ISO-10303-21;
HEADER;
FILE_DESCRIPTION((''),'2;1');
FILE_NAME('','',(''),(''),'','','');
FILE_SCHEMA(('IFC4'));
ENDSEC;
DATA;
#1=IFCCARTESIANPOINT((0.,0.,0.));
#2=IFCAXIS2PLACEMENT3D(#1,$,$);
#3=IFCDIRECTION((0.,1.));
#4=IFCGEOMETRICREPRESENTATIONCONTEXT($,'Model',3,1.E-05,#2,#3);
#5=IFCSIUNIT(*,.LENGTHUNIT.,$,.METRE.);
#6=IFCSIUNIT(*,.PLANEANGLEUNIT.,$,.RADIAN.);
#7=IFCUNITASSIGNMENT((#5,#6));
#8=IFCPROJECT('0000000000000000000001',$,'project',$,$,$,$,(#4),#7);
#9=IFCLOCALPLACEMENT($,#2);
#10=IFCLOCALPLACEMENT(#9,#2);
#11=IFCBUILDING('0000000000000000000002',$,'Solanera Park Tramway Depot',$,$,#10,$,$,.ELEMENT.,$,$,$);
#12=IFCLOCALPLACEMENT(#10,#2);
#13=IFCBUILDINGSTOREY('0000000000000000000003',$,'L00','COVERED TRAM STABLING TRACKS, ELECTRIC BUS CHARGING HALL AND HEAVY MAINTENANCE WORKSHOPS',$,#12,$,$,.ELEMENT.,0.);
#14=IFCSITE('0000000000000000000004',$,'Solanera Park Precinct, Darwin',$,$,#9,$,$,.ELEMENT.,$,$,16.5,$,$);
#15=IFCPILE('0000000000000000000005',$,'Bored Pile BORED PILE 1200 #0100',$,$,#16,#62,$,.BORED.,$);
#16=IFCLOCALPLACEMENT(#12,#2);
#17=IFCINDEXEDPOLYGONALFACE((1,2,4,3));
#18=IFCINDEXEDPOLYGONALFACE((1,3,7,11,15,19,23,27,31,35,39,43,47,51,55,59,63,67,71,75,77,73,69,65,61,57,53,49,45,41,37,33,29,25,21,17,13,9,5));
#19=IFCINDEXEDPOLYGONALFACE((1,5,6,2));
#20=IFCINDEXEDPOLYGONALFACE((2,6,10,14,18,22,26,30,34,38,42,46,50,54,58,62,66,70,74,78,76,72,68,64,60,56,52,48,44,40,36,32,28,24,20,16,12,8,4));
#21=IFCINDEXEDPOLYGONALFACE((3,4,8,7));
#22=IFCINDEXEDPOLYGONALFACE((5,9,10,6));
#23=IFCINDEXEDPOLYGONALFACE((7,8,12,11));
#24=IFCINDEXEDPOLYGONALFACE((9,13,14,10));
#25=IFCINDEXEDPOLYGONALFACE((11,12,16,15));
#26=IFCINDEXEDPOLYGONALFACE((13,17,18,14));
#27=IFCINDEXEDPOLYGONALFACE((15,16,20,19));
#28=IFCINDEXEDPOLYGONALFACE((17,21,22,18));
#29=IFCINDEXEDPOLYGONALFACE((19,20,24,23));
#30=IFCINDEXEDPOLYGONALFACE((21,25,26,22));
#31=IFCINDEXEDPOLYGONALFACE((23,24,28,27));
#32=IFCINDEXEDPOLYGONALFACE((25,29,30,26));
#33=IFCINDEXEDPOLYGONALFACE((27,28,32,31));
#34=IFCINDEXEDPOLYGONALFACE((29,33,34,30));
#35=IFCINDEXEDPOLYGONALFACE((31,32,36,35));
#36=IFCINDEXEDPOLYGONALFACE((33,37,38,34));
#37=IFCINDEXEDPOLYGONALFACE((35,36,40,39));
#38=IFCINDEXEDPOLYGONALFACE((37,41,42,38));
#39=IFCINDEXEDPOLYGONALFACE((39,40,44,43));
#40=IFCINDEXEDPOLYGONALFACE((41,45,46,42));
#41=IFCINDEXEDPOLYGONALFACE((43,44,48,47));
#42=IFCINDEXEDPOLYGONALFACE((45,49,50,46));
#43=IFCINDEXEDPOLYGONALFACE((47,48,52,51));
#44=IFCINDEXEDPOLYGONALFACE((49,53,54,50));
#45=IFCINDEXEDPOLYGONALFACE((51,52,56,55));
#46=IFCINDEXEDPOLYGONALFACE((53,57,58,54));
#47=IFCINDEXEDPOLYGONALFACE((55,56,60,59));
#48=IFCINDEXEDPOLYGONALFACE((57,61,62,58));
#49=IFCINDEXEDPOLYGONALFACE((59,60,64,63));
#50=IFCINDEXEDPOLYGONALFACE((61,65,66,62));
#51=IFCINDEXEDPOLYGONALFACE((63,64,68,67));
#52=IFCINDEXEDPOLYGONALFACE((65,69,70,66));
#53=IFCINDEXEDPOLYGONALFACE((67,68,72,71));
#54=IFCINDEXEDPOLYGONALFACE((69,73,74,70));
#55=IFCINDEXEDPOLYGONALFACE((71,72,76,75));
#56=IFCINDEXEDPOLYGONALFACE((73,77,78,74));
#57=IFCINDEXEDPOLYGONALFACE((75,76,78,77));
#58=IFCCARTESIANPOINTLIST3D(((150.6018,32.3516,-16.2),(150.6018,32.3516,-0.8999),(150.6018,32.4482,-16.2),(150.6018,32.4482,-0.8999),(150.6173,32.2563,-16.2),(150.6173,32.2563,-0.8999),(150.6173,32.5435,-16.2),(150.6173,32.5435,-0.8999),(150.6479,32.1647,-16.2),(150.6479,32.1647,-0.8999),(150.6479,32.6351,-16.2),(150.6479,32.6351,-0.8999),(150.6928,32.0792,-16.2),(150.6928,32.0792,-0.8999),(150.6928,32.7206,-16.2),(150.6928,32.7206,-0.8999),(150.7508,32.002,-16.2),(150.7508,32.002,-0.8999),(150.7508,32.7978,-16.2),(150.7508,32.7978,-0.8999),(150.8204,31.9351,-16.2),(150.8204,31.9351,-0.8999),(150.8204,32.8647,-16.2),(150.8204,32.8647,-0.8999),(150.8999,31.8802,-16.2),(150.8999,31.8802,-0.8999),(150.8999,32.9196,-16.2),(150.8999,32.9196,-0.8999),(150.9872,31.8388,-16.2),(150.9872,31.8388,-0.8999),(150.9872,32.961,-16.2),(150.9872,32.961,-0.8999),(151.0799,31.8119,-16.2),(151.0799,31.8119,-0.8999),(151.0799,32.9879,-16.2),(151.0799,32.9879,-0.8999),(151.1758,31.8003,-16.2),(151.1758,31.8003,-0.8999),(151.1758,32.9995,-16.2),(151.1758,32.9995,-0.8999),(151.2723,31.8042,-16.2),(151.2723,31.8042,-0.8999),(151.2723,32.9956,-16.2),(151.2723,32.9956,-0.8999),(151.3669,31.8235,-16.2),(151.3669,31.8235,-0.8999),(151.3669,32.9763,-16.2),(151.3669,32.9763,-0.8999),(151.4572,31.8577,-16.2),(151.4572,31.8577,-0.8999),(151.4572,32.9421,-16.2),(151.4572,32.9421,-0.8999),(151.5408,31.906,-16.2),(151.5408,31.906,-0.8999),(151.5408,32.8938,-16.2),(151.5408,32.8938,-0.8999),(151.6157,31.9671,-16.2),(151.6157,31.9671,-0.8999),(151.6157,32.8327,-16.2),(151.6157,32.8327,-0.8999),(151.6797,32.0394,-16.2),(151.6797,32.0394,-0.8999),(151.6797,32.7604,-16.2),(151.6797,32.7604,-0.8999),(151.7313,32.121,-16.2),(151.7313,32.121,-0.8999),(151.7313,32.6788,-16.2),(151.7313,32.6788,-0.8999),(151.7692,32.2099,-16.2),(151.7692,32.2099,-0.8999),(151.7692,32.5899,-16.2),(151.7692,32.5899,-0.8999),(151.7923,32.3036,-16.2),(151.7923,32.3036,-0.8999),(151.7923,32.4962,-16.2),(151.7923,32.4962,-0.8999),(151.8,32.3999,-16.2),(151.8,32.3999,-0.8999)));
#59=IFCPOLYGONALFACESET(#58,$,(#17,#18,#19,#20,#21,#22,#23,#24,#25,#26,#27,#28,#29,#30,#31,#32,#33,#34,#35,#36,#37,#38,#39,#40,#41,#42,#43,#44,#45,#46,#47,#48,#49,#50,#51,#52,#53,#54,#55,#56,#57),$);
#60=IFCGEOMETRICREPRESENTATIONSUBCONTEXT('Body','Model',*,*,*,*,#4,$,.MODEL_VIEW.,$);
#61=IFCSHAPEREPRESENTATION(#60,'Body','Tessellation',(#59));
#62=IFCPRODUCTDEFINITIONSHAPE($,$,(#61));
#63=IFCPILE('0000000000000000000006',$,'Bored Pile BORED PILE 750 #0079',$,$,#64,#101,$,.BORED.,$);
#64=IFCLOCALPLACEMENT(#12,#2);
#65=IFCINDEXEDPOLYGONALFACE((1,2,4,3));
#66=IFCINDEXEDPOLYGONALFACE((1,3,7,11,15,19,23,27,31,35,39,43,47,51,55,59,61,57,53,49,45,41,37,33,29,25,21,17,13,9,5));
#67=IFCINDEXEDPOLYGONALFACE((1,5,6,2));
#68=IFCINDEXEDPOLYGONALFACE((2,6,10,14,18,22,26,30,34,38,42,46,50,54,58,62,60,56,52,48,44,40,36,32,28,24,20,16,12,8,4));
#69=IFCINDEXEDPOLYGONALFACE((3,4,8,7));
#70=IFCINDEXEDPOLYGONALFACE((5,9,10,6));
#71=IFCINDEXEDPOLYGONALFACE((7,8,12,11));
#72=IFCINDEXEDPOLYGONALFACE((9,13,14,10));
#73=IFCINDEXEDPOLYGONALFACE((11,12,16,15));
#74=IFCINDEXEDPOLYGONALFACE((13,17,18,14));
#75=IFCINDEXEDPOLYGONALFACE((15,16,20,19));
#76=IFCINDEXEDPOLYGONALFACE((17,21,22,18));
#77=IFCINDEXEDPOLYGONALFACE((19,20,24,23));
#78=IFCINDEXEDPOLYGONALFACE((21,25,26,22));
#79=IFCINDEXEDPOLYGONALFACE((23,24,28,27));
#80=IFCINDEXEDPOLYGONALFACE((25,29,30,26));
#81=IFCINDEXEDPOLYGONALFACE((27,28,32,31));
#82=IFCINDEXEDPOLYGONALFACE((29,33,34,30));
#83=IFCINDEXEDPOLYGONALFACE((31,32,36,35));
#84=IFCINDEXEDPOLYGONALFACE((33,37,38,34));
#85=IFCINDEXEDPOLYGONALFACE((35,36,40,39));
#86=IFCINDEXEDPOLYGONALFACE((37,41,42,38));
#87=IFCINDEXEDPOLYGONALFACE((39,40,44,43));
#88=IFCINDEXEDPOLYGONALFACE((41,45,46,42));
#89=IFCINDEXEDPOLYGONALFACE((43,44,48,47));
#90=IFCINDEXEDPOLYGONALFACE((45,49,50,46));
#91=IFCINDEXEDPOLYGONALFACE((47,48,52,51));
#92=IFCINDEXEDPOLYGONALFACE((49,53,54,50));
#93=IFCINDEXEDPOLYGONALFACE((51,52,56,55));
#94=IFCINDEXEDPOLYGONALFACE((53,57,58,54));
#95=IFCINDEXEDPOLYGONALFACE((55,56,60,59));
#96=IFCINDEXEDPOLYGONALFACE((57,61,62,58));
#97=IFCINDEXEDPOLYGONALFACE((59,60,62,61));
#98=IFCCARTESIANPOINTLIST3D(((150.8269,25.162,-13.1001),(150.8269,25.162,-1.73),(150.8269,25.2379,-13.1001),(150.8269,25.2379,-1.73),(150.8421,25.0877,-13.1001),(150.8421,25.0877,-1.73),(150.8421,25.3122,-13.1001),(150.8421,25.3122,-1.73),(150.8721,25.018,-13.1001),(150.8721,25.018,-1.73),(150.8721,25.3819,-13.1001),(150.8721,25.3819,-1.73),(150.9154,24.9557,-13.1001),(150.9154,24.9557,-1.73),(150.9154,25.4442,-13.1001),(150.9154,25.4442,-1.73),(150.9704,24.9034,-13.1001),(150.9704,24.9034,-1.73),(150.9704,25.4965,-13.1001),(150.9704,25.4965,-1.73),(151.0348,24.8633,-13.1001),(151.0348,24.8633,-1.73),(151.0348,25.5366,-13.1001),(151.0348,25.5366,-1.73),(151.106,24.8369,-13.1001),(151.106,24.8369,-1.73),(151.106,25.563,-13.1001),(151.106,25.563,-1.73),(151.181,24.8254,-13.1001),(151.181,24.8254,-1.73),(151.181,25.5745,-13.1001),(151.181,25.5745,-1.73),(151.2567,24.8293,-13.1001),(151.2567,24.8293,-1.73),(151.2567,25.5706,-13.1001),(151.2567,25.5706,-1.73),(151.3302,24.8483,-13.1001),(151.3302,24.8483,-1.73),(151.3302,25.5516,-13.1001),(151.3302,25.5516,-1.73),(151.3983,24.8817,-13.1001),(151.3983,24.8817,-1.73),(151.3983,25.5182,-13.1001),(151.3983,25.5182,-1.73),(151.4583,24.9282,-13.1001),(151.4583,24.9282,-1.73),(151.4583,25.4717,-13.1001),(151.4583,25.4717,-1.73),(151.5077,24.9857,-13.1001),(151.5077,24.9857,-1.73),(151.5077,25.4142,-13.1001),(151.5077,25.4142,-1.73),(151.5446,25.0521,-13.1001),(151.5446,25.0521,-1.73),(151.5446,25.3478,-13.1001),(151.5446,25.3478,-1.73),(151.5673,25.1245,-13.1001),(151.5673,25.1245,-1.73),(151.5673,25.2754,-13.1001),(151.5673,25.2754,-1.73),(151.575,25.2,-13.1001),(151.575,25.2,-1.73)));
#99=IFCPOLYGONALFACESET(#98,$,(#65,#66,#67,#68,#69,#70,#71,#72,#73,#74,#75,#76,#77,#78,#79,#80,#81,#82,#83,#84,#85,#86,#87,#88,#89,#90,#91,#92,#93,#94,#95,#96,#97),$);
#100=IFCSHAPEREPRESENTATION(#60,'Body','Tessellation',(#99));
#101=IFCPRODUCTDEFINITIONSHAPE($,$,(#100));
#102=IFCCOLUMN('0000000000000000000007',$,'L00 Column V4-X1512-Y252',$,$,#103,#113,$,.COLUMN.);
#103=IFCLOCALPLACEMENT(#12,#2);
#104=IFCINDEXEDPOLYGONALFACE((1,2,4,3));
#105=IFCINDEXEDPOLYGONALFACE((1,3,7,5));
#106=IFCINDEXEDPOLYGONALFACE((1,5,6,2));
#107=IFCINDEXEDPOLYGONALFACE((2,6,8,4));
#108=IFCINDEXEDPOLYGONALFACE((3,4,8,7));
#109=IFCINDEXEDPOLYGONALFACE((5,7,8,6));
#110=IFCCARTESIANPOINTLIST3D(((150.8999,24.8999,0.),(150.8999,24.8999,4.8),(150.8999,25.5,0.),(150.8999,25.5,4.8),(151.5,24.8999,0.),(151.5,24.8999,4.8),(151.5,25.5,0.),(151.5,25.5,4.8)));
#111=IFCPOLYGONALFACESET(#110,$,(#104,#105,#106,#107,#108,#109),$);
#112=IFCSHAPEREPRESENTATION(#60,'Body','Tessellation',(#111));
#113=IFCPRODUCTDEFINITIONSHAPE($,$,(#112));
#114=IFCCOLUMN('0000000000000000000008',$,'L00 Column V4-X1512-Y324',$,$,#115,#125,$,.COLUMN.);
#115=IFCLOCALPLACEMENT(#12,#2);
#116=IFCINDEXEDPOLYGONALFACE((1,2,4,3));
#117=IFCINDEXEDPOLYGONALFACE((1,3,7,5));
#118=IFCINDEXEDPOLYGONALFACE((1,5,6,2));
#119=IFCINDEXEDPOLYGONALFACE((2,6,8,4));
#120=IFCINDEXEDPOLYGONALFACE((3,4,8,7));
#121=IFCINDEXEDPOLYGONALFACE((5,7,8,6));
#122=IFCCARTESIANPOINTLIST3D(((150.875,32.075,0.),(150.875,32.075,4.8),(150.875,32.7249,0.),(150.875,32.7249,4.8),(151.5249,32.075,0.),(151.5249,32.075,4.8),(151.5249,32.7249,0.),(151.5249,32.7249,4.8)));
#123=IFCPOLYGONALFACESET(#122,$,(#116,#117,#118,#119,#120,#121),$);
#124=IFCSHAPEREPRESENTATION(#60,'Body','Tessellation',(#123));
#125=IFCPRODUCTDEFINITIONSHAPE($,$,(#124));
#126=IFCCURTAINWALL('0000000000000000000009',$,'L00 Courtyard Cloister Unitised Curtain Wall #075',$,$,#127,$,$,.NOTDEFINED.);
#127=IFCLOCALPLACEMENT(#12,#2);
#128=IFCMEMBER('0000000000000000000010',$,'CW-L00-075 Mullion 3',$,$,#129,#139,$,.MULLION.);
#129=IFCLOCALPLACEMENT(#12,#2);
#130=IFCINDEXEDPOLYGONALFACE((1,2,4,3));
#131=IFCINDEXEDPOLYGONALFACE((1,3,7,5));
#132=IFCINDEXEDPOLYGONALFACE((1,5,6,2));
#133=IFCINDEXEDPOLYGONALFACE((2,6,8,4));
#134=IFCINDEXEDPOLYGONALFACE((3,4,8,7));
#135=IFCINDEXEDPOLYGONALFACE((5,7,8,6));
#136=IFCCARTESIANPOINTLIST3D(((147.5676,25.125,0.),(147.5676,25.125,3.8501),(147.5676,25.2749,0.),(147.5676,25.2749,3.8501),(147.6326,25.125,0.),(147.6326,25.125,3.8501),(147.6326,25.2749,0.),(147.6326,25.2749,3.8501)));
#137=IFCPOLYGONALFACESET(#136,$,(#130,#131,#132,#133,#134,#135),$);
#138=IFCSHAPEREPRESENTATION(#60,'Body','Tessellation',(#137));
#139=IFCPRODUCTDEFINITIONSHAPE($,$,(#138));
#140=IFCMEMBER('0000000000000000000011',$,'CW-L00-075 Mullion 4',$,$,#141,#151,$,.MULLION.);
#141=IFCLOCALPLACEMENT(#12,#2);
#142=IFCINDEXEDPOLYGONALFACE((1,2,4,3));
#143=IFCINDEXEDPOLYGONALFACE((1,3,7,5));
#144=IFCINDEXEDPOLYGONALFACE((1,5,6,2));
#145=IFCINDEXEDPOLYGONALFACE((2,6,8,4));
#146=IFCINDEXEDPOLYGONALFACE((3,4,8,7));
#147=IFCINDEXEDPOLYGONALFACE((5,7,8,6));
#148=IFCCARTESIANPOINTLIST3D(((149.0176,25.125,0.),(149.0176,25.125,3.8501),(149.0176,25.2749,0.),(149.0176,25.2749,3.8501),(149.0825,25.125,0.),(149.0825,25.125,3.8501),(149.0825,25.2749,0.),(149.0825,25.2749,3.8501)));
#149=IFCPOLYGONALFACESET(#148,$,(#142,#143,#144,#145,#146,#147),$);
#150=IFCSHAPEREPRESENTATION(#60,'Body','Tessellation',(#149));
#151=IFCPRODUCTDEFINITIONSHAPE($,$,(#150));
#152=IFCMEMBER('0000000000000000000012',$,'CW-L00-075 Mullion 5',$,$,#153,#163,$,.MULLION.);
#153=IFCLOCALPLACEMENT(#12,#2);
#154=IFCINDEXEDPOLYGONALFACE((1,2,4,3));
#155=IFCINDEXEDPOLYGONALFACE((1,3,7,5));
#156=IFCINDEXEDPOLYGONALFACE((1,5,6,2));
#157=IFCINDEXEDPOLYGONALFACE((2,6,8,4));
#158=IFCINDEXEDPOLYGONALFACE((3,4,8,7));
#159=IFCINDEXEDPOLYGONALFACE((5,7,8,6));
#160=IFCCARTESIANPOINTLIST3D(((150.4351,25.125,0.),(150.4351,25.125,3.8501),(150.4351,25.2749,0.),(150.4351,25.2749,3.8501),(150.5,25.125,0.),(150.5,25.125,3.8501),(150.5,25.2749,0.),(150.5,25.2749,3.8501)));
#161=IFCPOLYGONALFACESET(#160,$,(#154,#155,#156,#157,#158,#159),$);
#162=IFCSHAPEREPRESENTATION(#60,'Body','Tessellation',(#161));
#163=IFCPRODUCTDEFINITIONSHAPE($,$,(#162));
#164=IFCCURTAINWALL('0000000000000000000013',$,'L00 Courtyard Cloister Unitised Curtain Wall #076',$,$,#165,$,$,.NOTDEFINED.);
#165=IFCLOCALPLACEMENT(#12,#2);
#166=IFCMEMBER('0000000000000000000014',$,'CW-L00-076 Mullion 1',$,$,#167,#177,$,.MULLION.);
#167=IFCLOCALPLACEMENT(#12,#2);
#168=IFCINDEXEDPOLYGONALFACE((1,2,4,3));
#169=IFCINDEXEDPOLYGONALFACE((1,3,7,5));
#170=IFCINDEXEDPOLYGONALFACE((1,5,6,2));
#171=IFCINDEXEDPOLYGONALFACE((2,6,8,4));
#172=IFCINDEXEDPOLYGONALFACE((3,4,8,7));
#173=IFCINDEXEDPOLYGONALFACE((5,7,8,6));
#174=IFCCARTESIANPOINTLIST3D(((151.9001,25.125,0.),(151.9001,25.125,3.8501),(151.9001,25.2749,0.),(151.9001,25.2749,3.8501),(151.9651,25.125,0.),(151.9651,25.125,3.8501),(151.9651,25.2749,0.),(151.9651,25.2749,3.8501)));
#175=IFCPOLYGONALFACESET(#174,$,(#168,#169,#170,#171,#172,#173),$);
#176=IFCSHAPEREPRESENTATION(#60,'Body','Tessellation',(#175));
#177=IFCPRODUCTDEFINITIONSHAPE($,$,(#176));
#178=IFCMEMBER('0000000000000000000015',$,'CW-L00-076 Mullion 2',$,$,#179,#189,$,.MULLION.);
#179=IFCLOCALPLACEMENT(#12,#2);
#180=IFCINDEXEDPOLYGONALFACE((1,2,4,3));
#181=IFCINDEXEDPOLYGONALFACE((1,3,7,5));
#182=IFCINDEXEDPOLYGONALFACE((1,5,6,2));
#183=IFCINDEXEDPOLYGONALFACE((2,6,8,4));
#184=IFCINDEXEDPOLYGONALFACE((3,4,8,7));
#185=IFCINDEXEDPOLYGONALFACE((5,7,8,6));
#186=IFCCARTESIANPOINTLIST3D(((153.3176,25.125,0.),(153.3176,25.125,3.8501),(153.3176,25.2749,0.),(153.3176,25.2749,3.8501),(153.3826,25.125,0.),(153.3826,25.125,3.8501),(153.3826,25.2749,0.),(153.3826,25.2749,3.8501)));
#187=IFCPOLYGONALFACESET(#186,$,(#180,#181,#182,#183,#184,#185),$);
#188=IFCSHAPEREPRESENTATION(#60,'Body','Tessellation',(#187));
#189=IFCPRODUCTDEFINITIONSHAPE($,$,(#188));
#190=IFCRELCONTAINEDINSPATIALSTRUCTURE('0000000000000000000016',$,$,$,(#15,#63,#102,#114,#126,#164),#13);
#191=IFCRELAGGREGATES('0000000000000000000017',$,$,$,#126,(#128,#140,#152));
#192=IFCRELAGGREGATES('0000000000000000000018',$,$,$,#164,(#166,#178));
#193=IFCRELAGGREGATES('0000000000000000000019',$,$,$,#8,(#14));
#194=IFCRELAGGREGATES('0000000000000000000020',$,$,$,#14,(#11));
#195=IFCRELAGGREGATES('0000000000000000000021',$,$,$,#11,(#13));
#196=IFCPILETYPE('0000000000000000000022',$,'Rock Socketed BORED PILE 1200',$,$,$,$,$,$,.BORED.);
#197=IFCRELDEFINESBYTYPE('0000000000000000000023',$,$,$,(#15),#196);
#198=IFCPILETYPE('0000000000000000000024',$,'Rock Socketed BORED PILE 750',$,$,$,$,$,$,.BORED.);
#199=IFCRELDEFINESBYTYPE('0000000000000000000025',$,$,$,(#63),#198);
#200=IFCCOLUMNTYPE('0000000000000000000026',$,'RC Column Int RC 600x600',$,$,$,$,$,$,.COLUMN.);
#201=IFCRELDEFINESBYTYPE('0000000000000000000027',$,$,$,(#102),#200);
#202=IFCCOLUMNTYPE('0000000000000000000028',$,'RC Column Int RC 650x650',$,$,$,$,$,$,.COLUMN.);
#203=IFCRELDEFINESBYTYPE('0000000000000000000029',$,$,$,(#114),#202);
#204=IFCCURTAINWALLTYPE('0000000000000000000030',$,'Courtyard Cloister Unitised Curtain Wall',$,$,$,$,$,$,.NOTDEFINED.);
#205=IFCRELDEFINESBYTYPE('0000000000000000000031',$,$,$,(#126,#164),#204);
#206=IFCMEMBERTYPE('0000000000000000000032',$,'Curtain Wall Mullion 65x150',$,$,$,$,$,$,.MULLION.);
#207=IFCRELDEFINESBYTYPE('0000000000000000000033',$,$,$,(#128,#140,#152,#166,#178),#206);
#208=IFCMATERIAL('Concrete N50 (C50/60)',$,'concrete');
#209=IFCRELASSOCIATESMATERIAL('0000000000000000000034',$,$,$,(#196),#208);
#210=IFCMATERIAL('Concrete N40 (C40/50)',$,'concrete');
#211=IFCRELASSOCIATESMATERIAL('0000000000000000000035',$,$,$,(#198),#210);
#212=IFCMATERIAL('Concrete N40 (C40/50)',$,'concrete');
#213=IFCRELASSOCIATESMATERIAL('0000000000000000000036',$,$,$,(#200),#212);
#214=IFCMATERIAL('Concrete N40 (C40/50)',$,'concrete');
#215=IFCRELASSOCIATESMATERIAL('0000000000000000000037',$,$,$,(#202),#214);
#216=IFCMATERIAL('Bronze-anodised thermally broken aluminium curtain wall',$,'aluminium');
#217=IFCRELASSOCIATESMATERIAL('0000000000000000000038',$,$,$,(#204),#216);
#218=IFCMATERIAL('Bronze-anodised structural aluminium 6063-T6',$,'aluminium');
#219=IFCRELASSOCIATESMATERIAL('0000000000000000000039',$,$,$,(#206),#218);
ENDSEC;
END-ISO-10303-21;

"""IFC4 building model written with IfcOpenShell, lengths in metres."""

from ifc_helpers import new_model, si_unit, direction, frame, origin, origin_2d, place, context, subcontext, project, spatial, rectangle, circle, extrude, material, material_profile, profile_set, type_object, element, aggregate, save


model = new_model("IFC4")

# Units and contexts
model_context = context("Model", 3, precision=1e-05, world=origin(), true_north=direction((0.0, 1.0)))
body_context = subcontext(model_context, "Body", "Model", "MODEL_VIEW")
ifc_project = project(units=[si_unit("LENGTHUNIT", "METRE"), si_unit("PLANEANGLEUNIT", "RADIAN")], contexts=[model_context])

# Site, building, storey
site_placement = place(None, origin())
site = spatial("IfcSite", under=ifc_project, at=site_placement, Name="Solanera Park Precinct, Darwin", CompositionType="ELEMENT", RefElevation=16.5)
building_placement = place(site_placement, origin())
building = spatial("IfcBuilding", under=site, at=building_placement, Name="Solanera Park Tramway Depot", CompositionType="ELEMENT")
storey_placement = place(building_placement, origin())
storey = spatial("IfcBuildingStorey", under=building, at=storey_placement, Name="L00", Description="COVERED TRAM STABLING TRACKS, ELECTRIC BUS CHARGING HALL AND HEAVY MAINTENANCE WORKSHOPS", CompositionType="ELEMENT", Elevation=0.0)

# Piles
ifc_material_1 = material(Name="Concrete N50 (C50/60)", Category="concrete")
ifc_material_profile_1 = material_profile(ifc_material_1, circle(Radius=0.6001, at=origin_2d()), Name="BORED PILE 1200")
ifc_profile_set_1 = profile_set([ifc_material_profile_1], Name="Concrete N50 (C50/60)")
pile_type_1 = type_object("IfcPileType", Name="Rock Socketed BORED PILE 1200", PredefinedType="BORED", material=ifc_profile_set_1)
pile_1_placement = place(storey_placement, frame((151.2, 32.3999, -0.8999), z_axis=(0.0, 0.0, -1.0), x_axis=(1.0, 0.0, 0.0)))
element("IfcPile", 1, at=pile_1_placement, inside=storey, type_object=pile_type_1, Name="Bored Pile BORED PILE 1200 #0100", PredefinedType="BORED", context=body_context, shape_type="SweptSolid", body=[
    extrude(circle(Radius=0.6001, at=origin_2d()), origin(), (0.0, 0.0, 1.0), 15.3),
])
ifc_material_2 = material(Name="Concrete N40 (C40/50)", Category="concrete")
ifc_material_profile_2 = material_profile(ifc_material_2, circle(Radius=0.375, at=origin_2d()), Name="BORED PILE 750")
ifc_profile_set_2 = profile_set([ifc_material_profile_2], Name="Concrete N40 (C40/50)")
pile_type_2 = type_object("IfcPileType", Name="Rock Socketed BORED PILE 750", PredefinedType="BORED", material=ifc_profile_set_2)
pile_2_placement = place(storey_placement, frame((151.2, 25.2, -1.73), z_axis=(0.0, 0.0, -1.0), x_axis=(1.0, 0.0, 0.0)))
element("IfcPile", 2, at=pile_2_placement, inside=storey, type_object=pile_type_2, Name="Bored Pile BORED PILE 750 #0079", PredefinedType="BORED", context=body_context, shape_type="SweptSolid", body=[
    extrude(circle(Radius=0.375, at=origin_2d()), origin(), (0.0, 0.0, 1.0), 11.3701),
])

# Columns
ifc_material_3 = material(Name="Concrete N40 (C40/50)", Category="concrete")
ifc_material_profile_3 = material_profile(ifc_material_3, rectangle(XDim=0.6001, YDim=0.6001, at=origin_2d()), Name="RC 600x600")
ifc_profile_set_3 = profile_set([ifc_material_profile_3], Name="Concrete N40 (C40/50)")
column_type_1 = type_object("IfcColumnType", Name="RC Column Int RC 600x600", PredefinedType="COLUMN", material=ifc_profile_set_3)
column_1_placement = place(storey_placement, frame((151.2, 25.2, 0.0), z_axis=(0.0, 0.0, 1.0), x_axis=(1.0, 0.0, 0.0)))
element("IfcColumn", 3, at=column_1_placement, inside=storey, type_object=column_type_1, Name="L00 Column V4-X1512-Y252", PredefinedType="COLUMN", context=body_context, shape_type="SweptSolid", body=[
    extrude(rectangle(XDim=0.6001, YDim=0.6001, at=origin_2d()), origin(), (0.0, 0.0, 1.0), 4.8),
])
ifc_material_4 = material(Name="Concrete N40 (C40/50)", Category="concrete")
ifc_material_profile_4 = material_profile(ifc_material_4, rectangle(XDim=0.6499, YDim=0.6499, at=origin_2d()), Name="RC 650x650")
ifc_profile_set_4 = profile_set([ifc_material_profile_4], Name="Concrete N40 (C40/50)")
column_type_2 = type_object("IfcColumnType", Name="RC Column Int RC 650x650", PredefinedType="COLUMN", material=ifc_profile_set_4)
column_2_placement = place(storey_placement, frame((151.2, 32.3999, 0.0), z_axis=(0.0, 0.0, 1.0), x_axis=(1.0, 0.0, 0.0)))
element("IfcColumn", 4, at=column_2_placement, inside=storey, type_object=column_type_2, Name="L00 Column V4-X1512-Y324", PredefinedType="COLUMN", context=body_context, shape_type="SweptSolid", body=[
    extrude(rectangle(XDim=0.6499, YDim=0.6499, at=origin_2d()), origin(), (0.0, 0.0, 1.0), 4.8),
])

# Curtain walls, members
ifc_material_5 = material(Name="Bronze-anodised thermally broken aluminium curtain wall", Category="aluminium")
curtain_wall_type = type_object("IfcCurtainWallType", Name="Courtyard Cloister Unitised Curtain Wall", PredefinedType="NOTDEFINED", material=ifc_material_5)
curtain_wall_1_placement = place(storey_placement, origin())
curtain_wall_1 = element("IfcCurtainWall", 5, at=curtain_wall_1_placement, inside=storey, type_object=curtain_wall_type, Name="L00 Courtyard Cloister Unitised Curtain Wall #075", PredefinedType="NOTDEFINED")
ifc_material_6 = material(Name="Bronze-anodised structural aluminium 6063-T6", Category="aluminium")
ifc_material_profile_5 = material_profile(ifc_material_6, rectangle(XDim=0.0649, YDim=0.1499, at=origin_2d()), Name="Curtain Wall Mullion 65x150")
ifc_profile_set_5 = profile_set([ifc_material_profile_5], Name="Bronze-anodised structural aluminium 6063-T6")
member_type_1 = type_object("IfcMemberType", Name="Curtain Wall Mullion 65x150", PredefinedType="MULLION", material=ifc_profile_set_5)
member_1_placement = place(storey_placement, frame((147.6001, 25.2, 0.0), z_axis=(0.0, 0.0, 1.0), x_axis=(1.0, 0.0, 0.0)))
member_1 = element("IfcMember", 6, at=member_1_placement, type_object=member_type_1, Name="CW-L00-075 Mullion 3", PredefinedType="MULLION", context=body_context, shape_type="SweptSolid", body=[
    extrude(rectangle(XDim=0.0649, YDim=0.1499, at=origin_2d()), origin(), (0.0, 0.0, 1.0), 3.8501),
])
member_2_placement = place(storey_placement, frame((149.05, 25.2, 0.0), z_axis=(0.0, 0.0, 1.0), x_axis=(1.0, 0.0, 0.0)))
member_2 = element("IfcMember", 7, at=member_2_placement, type_object=member_type_1, Name="CW-L00-075 Mullion 4", PredefinedType="MULLION", context=body_context, shape_type="SweptSolid", body=[
    extrude(rectangle(XDim=0.0649, YDim=0.1499, at=origin_2d()), origin(), (0.0, 0.0, 1.0), 3.8501),
])
member_3_placement = place(storey_placement, frame((150.4675, 25.2, 0.0), z_axis=(0.0, 0.0, 1.0), x_axis=(1.0, 0.0, 0.0)))
member_3 = element("IfcMember", 8, at=member_3_placement, type_object=member_type_1, Name="CW-L00-075 Mullion 5", PredefinedType="MULLION", context=body_context, shape_type="SweptSolid", body=[
    extrude(rectangle(XDim=0.0649, YDim=0.1499, at=origin_2d()), origin(), (0.0, 0.0, 1.0), 3.8501),
])
curtain_wall_2_placement = place(storey_placement, origin())
curtain_wall_2 = element("IfcCurtainWall", 9, at=curtain_wall_2_placement, inside=storey, type_object=curtain_wall_type, Name="L00 Courtyard Cloister Unitised Curtain Wall #076", PredefinedType="NOTDEFINED")
member_4_placement = place(storey_placement, frame((151.9326, 25.2, 0.0), z_axis=(0.0, 0.0, 1.0), x_axis=(1.0, 0.0, 0.0)))
member_4 = element("IfcMember", 10, at=member_4_placement, type_object=member_type_1, Name="CW-L00-076 Mullion 1", PredefinedType="MULLION", context=body_context, shape_type="SweptSolid", body=[
    extrude(rectangle(XDim=0.0649, YDim=0.1499, at=origin_2d()), origin(), (0.0, 0.0, 1.0), 3.8501),
])
member_5_placement = place(storey_placement, frame((153.3501, 25.2, 0.0), z_axis=(0.0, 0.0, 1.0), x_axis=(1.0, 0.0, 0.0)))
member_5 = element("IfcMember", 11, at=member_5_placement, type_object=member_type_1, Name="CW-L00-076 Mullion 2", PredefinedType="MULLION", context=body_context, shape_type="SweptSolid", body=[
    extrude(rectangle(XDim=0.0649, YDim=0.1499, at=origin_2d()), origin(), (0.0, 0.0, 1.0), 3.8501),
])

aggregate(curtain_wall_1, [member_1, member_2, member_3])
aggregate(curtain_wall_2, [member_4, member_5])

save(model, "model.ifc")
